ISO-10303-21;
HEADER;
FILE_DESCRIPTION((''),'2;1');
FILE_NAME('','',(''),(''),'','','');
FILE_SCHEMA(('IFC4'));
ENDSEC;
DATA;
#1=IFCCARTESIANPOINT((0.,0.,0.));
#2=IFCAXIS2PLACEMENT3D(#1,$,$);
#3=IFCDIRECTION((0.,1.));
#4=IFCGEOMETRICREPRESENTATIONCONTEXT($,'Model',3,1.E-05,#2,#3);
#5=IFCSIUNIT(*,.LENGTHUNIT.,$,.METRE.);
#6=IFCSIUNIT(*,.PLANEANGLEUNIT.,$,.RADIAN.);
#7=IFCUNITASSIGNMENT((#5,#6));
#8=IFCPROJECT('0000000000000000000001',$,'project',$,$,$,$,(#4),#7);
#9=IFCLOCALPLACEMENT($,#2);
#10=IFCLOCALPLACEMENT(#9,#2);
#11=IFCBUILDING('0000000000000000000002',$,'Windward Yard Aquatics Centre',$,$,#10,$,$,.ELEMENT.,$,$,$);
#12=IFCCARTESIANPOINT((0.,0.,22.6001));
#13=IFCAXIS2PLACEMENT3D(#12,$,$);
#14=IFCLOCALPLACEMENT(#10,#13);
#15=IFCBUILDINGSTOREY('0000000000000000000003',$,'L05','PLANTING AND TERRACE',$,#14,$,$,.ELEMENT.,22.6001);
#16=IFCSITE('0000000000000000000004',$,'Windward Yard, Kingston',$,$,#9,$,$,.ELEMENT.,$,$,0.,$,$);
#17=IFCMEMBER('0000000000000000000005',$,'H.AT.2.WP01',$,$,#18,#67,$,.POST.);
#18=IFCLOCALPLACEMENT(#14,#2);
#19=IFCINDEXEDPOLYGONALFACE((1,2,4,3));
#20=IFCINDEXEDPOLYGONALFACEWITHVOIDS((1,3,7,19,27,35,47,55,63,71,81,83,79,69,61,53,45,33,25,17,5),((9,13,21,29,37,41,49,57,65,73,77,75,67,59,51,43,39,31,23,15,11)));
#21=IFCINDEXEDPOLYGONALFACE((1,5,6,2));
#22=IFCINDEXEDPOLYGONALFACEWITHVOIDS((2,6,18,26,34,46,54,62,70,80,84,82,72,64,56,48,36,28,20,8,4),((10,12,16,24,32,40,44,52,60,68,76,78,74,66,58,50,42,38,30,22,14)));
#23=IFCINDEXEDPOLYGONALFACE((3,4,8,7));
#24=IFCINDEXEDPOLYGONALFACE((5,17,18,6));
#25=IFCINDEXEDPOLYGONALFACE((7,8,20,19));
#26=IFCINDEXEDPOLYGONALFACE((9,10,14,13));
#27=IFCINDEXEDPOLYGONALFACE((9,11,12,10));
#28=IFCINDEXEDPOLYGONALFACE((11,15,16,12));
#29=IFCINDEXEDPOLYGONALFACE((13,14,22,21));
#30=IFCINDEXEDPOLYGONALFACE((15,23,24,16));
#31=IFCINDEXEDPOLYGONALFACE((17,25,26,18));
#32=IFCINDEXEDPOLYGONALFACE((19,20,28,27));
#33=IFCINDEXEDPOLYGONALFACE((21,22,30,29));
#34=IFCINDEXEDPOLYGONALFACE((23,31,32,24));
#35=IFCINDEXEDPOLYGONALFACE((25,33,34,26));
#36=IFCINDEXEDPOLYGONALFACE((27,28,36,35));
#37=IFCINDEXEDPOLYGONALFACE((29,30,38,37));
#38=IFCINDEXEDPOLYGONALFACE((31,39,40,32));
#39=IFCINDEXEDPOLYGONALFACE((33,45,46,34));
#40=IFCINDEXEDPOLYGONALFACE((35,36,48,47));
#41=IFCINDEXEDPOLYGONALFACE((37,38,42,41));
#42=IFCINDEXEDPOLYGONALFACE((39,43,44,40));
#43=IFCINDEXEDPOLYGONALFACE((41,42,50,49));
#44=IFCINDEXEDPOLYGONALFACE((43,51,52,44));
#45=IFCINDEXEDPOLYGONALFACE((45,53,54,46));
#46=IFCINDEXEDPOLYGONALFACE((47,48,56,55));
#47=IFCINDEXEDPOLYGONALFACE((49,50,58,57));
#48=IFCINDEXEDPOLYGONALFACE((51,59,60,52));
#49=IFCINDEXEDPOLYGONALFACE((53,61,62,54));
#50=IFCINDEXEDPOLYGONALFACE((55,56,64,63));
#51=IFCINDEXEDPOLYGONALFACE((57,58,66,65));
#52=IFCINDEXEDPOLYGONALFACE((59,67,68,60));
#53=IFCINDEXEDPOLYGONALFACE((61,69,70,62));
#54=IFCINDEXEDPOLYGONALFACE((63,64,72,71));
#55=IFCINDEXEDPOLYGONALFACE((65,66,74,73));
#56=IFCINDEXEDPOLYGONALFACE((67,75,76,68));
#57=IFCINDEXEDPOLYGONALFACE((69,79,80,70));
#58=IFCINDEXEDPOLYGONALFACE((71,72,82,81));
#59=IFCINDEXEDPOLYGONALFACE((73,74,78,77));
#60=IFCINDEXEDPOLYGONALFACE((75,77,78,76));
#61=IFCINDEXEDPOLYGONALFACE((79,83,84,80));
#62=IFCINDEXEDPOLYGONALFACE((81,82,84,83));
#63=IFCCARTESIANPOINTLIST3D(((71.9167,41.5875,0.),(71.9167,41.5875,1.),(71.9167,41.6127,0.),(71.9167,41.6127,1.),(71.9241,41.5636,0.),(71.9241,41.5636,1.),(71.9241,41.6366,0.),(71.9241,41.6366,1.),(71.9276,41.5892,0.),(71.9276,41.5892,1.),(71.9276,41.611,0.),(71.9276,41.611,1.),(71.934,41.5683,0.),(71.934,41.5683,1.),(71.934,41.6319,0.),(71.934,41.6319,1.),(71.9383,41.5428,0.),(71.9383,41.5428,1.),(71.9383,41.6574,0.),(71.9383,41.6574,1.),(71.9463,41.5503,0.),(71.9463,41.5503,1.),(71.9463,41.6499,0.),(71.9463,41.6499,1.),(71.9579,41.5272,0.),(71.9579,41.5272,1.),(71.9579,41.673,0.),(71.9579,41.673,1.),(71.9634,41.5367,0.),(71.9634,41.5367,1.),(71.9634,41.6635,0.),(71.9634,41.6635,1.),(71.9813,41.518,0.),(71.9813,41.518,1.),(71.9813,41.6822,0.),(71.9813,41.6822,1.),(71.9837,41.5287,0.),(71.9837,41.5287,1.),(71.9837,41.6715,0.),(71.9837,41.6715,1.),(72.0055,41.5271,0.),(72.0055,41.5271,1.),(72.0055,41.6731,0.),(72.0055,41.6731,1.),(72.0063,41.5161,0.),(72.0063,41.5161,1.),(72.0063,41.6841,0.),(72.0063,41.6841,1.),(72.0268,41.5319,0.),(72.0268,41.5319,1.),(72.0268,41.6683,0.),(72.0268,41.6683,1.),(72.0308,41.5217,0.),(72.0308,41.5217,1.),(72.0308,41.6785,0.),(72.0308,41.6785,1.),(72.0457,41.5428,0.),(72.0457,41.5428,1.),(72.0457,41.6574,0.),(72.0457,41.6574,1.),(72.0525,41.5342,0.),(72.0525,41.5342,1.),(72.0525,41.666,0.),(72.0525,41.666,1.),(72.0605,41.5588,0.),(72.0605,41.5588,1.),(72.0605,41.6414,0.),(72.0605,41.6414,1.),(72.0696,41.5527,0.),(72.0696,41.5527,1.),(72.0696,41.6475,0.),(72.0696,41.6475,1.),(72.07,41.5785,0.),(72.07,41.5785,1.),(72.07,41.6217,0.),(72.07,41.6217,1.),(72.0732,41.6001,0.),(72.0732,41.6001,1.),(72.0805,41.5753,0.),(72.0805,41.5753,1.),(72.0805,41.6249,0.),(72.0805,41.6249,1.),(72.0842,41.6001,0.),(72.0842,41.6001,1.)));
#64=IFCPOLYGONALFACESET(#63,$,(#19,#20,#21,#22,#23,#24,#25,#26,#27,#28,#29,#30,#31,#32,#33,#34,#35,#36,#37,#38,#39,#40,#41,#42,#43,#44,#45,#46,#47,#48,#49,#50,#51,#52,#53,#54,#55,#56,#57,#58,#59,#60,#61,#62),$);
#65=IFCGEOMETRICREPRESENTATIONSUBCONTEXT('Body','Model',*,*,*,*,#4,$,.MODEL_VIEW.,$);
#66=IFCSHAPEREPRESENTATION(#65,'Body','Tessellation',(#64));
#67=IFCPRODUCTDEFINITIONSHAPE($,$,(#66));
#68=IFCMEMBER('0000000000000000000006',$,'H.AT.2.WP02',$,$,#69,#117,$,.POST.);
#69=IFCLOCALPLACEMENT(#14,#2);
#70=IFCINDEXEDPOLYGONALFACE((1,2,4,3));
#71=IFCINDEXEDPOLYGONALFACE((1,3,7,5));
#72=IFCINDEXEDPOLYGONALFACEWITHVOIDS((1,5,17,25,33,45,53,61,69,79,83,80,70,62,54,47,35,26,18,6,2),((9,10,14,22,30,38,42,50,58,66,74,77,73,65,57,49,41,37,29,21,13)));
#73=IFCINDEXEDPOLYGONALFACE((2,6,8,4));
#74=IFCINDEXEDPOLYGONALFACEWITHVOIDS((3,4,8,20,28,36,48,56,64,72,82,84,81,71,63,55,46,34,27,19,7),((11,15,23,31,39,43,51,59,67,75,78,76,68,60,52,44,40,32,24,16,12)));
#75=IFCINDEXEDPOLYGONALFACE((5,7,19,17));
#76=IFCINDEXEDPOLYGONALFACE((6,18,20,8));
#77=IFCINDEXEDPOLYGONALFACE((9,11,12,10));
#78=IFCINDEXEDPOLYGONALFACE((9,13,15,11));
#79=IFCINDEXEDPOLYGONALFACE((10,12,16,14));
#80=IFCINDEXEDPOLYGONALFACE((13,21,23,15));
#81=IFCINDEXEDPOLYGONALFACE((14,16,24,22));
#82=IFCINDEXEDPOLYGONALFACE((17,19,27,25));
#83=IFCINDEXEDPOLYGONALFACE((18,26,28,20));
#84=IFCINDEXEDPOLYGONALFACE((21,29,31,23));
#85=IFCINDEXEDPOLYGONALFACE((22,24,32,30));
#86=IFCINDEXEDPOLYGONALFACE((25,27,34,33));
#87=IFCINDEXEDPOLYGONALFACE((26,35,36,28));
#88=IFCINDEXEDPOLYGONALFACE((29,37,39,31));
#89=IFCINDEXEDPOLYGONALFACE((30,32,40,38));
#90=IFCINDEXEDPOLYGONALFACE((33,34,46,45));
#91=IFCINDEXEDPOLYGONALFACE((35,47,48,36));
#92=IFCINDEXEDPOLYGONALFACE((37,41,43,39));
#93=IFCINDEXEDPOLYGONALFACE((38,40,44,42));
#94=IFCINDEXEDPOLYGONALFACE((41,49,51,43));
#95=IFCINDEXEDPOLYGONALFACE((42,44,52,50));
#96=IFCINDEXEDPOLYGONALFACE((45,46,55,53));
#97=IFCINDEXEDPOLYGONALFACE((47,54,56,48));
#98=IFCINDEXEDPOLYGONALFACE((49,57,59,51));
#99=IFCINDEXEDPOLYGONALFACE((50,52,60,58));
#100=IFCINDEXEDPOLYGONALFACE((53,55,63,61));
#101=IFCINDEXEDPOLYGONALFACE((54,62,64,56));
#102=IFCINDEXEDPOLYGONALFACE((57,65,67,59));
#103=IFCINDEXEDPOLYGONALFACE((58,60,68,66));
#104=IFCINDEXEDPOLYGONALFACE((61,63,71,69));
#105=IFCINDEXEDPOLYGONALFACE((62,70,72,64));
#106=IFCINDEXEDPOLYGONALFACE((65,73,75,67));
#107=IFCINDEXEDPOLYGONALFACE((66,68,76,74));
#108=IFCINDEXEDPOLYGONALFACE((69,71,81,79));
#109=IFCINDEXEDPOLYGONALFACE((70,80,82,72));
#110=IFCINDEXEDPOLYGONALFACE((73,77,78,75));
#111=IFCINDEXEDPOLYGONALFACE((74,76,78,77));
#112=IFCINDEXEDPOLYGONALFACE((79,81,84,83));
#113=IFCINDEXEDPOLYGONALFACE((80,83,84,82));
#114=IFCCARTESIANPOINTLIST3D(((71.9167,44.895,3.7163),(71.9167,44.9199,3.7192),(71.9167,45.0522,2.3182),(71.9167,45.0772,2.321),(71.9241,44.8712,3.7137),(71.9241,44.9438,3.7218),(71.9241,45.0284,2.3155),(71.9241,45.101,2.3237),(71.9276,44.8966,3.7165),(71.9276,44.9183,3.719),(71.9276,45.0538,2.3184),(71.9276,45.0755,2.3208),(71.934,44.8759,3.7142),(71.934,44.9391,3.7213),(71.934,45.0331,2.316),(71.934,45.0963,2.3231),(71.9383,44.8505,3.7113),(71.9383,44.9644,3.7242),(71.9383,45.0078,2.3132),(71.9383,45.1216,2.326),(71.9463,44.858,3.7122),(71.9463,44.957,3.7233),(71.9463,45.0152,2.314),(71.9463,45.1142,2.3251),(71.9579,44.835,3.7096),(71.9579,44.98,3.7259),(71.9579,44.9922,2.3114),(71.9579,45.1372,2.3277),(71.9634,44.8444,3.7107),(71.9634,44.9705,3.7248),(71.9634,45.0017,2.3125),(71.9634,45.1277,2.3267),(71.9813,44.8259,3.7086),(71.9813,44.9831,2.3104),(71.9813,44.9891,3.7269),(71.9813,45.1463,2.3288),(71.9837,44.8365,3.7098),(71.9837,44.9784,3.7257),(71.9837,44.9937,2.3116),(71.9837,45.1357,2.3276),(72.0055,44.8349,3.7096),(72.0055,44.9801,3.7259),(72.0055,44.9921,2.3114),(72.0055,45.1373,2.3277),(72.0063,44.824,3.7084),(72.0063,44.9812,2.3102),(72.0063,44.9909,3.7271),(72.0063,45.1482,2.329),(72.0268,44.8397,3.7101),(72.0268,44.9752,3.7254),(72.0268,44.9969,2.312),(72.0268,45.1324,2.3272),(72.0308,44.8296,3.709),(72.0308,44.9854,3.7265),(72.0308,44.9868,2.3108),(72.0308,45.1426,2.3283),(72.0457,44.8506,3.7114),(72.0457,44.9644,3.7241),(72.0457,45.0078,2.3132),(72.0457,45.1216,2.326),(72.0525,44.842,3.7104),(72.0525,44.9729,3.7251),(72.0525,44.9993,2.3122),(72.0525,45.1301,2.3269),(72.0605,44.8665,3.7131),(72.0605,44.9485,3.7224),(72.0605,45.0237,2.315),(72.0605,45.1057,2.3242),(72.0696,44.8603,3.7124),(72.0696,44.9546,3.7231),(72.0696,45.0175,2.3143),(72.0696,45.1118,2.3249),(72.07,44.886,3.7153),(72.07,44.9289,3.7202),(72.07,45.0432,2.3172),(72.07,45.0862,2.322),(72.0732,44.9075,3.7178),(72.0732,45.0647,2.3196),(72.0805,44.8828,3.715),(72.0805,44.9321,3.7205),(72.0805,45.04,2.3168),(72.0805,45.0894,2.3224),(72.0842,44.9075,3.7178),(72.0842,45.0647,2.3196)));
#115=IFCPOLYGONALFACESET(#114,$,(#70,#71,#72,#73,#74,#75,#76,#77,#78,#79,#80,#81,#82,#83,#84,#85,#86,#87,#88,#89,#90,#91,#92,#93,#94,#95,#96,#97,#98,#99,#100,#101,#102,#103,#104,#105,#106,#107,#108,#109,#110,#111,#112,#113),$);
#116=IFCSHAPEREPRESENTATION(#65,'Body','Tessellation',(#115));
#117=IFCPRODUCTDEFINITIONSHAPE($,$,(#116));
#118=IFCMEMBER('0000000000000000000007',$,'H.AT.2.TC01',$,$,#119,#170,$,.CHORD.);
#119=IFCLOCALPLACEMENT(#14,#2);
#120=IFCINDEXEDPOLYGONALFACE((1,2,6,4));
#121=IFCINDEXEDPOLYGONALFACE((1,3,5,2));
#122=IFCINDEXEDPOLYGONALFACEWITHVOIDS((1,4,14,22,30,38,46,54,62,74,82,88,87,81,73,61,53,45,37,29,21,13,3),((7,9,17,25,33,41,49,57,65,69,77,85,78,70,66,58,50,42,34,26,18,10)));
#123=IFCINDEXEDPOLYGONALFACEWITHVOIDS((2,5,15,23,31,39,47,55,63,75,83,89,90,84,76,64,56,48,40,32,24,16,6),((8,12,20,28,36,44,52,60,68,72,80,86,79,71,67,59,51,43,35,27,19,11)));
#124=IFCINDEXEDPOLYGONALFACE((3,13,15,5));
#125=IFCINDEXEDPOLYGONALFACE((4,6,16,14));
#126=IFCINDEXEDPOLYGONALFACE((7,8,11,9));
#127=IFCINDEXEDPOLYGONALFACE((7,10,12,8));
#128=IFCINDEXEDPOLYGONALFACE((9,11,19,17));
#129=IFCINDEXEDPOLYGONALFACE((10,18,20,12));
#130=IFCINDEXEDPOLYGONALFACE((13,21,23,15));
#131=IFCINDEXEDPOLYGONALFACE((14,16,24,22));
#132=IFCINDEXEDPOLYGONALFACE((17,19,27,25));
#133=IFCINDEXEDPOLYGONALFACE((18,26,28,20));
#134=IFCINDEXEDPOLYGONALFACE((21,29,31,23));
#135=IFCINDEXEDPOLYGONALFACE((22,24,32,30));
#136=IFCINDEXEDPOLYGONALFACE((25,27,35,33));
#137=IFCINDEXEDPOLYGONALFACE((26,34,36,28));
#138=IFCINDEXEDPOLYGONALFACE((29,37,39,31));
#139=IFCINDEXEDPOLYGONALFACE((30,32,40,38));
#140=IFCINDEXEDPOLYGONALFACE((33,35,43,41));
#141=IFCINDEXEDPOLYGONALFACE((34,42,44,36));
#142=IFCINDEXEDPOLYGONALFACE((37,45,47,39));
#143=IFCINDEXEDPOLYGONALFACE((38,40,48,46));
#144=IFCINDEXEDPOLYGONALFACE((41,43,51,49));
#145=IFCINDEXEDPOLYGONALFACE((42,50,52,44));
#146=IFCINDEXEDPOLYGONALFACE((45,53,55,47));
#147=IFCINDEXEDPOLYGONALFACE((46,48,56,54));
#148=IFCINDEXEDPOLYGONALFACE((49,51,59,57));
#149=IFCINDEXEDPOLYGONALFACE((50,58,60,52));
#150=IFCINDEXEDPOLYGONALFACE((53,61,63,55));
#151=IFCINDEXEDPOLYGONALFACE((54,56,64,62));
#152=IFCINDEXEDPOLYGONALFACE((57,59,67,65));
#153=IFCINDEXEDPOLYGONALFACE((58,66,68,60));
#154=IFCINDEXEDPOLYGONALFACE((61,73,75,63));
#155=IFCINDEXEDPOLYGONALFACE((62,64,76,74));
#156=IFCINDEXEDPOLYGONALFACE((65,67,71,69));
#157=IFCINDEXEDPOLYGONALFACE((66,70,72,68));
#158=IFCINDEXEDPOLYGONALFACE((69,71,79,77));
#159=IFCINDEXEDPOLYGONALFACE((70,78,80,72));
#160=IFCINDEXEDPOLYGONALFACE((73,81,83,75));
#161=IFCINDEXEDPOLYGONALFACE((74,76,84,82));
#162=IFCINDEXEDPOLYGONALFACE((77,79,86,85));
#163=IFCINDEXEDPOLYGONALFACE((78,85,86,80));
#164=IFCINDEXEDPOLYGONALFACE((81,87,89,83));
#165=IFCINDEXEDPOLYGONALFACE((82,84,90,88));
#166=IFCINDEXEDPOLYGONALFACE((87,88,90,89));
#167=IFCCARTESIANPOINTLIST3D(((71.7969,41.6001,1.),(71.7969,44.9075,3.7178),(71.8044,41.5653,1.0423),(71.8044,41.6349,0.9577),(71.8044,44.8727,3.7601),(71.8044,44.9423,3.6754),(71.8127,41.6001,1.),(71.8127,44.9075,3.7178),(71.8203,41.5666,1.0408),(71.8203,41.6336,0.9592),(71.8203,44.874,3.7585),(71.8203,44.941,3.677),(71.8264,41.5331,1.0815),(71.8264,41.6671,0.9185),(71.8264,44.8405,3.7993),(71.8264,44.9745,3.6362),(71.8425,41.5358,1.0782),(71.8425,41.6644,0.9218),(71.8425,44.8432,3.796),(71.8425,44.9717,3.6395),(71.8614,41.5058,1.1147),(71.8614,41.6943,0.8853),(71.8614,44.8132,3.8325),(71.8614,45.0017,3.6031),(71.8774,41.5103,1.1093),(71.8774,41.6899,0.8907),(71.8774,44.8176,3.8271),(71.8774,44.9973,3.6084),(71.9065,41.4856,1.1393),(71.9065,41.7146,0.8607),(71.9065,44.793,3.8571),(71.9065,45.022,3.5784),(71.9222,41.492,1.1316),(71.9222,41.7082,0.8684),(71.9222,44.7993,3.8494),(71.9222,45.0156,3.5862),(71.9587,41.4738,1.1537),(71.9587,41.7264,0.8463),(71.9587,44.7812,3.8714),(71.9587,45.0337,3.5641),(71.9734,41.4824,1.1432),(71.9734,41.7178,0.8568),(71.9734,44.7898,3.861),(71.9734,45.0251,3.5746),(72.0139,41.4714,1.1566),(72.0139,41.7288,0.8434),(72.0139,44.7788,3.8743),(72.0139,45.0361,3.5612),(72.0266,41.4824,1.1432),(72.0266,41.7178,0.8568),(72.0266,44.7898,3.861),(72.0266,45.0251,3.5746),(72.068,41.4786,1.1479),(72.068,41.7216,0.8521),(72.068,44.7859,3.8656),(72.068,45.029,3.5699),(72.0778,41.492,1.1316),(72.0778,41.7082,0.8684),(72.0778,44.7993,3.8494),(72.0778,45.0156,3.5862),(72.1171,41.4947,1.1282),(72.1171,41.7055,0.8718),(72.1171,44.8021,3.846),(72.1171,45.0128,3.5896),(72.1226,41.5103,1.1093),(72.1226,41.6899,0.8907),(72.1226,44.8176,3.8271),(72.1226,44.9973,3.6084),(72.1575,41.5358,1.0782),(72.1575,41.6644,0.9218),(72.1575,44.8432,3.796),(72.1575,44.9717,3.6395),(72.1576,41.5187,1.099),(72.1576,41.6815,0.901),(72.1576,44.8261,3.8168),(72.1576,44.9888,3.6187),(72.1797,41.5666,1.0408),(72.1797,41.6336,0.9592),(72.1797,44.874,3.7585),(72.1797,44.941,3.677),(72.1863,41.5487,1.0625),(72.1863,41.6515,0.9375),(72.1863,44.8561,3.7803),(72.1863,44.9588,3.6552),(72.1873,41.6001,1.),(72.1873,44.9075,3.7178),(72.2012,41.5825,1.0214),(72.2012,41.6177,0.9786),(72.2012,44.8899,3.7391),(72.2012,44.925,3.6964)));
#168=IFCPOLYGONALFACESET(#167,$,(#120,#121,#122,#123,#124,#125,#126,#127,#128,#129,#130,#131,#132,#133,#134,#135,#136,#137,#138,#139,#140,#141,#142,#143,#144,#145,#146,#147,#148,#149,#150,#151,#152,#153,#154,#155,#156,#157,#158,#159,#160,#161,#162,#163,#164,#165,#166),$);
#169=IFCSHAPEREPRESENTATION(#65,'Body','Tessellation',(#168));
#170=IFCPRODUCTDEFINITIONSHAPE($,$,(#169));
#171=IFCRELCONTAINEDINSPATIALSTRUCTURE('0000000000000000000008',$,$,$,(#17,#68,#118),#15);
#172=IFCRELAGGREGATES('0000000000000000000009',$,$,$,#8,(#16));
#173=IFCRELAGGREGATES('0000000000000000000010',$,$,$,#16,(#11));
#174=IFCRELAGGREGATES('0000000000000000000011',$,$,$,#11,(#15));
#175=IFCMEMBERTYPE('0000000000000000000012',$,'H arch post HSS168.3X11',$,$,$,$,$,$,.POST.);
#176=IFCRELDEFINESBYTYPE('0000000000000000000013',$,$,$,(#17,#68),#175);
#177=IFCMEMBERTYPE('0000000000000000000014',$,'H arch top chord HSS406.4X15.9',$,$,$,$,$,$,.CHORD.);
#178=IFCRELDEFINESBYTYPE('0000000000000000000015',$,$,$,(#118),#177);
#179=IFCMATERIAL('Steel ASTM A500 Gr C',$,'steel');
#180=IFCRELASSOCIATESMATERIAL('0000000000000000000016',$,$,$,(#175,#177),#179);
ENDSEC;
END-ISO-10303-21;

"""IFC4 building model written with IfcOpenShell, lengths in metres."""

from ifc_helpers import new_model, si_unit, direction, frame, origin, origin_2d, place, context, subcontext, project, spatial, hollow_circle, extrude, material, material_profile, profile_set, type_object, element, save


model = new_model("IFC4")

# Units and contexts
model_context = context("Model", 3, precision=1e-05, world=origin(), true_north=direction((0.0, 1.0)))
body_context = subcontext(model_context, "Body", "Model", "MODEL_VIEW")
ifc_project = project(units=[si_unit("LENGTHUNIT", "METRE"), si_unit("PLANEANGLEUNIT", "RADIAN")], contexts=[model_context])

# Site, building, storey
site_placement = place(None, origin())
site = spatial("IfcSite", under=ifc_project, at=site_placement, Name="Windward Yard, Kingston", CompositionType="ELEMENT", RefElevation=0.0)
building_placement = place(site_placement, origin())
building = spatial("IfcBuilding", under=site, at=building_placement, Name="Windward Yard Aquatics Centre", CompositionType="ELEMENT")
storey_placement = place(building_placement, frame((0.0, 0.0, 22.6001)))
storey = spatial("IfcBuildingStorey", under=building, at=storey_placement, Name="L05", Description="PLANTING AND TERRACE", CompositionType="ELEMENT", Elevation=22.6001)

# Members
ifc_material_1 = material(Name="Steel ASTM A500 Gr C", Category="steel")
ifc_material_profile_1 = material_profile(ifc_material_1, hollow_circle(Radius=0.0842, WallThickness=0.011, at=origin_2d()), Name="HSS168.3X11")
ifc_profile_set_1 = profile_set([ifc_material_profile_1], Name="Steel ASTM A500 Gr C")
member_type_1 = type_object("IfcMemberType", Name="H arch post HSS168.3X11", PredefinedType="POST", material=ifc_profile_set_1)
member_1_placement = place(storey_placement, frame((72.0, 41.6001, 0.0), z_axis=(0.0, 0.0, 1.0), x_axis=(1.0, 0.0, 0.0)))
element("IfcMember", 1, at=member_1_placement, inside=storey, type_object=member_type_1, Name="H.AT.2.WP01", PredefinedType="POST", context=body_context, shape_type="SweptSolid", body=[
    extrude(hollow_circle(Radius=0.0842, WallThickness=0.011, at=origin_2d()), origin(), (0.0, 0.0, 1.0), 1.0),
])
member_2_placement = place(storey_placement, frame((72.0, 45.0647, 2.3196), z_axis=(0.0, -0.111746, 0.993737), x_axis=(1.0, 0.0, 0.0)))
element("IfcMember", 2, at=member_2_placement, inside=storey, type_object=member_type_1, Name="H.AT.2.WP02", PredefinedType="POST", context=body_context, shape_type="SweptSolid", body=[
    extrude(hollow_circle(Radius=0.0842, WallThickness=0.011, at=origin_2d()), origin(), (0.0, 0.0, 1.0), 1.407),
])
ifc_material_profile_2 = material_profile(ifc_material_1, hollow_circle(Radius=0.2031, WallThickness=0.0159, at=origin_2d()), Name="HSS406.4X15.9")
ifc_profile_set_2 = profile_set([ifc_material_profile_2], Name="Steel ASTM A500 Gr C")
member_type_2 = type_object("IfcMemberType", Name="H arch top chord HSS406.4X15.9", PredefinedType="CHORD", material=ifc_profile_set_2)
member_3_placement = place(storey_placement, frame((72.0, 41.6001, 1.0), z_axis=(0.0, 0.772611, 0.634879), x_axis=(-1.0, 0.0, 0.0)))
element("IfcMember", 3, at=member_3_placement, inside=storey, type_object=member_type_2, Name="H.AT.2.TC01", PredefinedType="CHORD", context=body_context, shape_type="SweptSolid", body=[
    extrude(hollow_circle(Radius=0.2031, WallThickness=0.0159, at=origin_2d()), origin(), (0.0, 0.0, 1.0), 4.2808),
])

save(model, "model.ifc")
